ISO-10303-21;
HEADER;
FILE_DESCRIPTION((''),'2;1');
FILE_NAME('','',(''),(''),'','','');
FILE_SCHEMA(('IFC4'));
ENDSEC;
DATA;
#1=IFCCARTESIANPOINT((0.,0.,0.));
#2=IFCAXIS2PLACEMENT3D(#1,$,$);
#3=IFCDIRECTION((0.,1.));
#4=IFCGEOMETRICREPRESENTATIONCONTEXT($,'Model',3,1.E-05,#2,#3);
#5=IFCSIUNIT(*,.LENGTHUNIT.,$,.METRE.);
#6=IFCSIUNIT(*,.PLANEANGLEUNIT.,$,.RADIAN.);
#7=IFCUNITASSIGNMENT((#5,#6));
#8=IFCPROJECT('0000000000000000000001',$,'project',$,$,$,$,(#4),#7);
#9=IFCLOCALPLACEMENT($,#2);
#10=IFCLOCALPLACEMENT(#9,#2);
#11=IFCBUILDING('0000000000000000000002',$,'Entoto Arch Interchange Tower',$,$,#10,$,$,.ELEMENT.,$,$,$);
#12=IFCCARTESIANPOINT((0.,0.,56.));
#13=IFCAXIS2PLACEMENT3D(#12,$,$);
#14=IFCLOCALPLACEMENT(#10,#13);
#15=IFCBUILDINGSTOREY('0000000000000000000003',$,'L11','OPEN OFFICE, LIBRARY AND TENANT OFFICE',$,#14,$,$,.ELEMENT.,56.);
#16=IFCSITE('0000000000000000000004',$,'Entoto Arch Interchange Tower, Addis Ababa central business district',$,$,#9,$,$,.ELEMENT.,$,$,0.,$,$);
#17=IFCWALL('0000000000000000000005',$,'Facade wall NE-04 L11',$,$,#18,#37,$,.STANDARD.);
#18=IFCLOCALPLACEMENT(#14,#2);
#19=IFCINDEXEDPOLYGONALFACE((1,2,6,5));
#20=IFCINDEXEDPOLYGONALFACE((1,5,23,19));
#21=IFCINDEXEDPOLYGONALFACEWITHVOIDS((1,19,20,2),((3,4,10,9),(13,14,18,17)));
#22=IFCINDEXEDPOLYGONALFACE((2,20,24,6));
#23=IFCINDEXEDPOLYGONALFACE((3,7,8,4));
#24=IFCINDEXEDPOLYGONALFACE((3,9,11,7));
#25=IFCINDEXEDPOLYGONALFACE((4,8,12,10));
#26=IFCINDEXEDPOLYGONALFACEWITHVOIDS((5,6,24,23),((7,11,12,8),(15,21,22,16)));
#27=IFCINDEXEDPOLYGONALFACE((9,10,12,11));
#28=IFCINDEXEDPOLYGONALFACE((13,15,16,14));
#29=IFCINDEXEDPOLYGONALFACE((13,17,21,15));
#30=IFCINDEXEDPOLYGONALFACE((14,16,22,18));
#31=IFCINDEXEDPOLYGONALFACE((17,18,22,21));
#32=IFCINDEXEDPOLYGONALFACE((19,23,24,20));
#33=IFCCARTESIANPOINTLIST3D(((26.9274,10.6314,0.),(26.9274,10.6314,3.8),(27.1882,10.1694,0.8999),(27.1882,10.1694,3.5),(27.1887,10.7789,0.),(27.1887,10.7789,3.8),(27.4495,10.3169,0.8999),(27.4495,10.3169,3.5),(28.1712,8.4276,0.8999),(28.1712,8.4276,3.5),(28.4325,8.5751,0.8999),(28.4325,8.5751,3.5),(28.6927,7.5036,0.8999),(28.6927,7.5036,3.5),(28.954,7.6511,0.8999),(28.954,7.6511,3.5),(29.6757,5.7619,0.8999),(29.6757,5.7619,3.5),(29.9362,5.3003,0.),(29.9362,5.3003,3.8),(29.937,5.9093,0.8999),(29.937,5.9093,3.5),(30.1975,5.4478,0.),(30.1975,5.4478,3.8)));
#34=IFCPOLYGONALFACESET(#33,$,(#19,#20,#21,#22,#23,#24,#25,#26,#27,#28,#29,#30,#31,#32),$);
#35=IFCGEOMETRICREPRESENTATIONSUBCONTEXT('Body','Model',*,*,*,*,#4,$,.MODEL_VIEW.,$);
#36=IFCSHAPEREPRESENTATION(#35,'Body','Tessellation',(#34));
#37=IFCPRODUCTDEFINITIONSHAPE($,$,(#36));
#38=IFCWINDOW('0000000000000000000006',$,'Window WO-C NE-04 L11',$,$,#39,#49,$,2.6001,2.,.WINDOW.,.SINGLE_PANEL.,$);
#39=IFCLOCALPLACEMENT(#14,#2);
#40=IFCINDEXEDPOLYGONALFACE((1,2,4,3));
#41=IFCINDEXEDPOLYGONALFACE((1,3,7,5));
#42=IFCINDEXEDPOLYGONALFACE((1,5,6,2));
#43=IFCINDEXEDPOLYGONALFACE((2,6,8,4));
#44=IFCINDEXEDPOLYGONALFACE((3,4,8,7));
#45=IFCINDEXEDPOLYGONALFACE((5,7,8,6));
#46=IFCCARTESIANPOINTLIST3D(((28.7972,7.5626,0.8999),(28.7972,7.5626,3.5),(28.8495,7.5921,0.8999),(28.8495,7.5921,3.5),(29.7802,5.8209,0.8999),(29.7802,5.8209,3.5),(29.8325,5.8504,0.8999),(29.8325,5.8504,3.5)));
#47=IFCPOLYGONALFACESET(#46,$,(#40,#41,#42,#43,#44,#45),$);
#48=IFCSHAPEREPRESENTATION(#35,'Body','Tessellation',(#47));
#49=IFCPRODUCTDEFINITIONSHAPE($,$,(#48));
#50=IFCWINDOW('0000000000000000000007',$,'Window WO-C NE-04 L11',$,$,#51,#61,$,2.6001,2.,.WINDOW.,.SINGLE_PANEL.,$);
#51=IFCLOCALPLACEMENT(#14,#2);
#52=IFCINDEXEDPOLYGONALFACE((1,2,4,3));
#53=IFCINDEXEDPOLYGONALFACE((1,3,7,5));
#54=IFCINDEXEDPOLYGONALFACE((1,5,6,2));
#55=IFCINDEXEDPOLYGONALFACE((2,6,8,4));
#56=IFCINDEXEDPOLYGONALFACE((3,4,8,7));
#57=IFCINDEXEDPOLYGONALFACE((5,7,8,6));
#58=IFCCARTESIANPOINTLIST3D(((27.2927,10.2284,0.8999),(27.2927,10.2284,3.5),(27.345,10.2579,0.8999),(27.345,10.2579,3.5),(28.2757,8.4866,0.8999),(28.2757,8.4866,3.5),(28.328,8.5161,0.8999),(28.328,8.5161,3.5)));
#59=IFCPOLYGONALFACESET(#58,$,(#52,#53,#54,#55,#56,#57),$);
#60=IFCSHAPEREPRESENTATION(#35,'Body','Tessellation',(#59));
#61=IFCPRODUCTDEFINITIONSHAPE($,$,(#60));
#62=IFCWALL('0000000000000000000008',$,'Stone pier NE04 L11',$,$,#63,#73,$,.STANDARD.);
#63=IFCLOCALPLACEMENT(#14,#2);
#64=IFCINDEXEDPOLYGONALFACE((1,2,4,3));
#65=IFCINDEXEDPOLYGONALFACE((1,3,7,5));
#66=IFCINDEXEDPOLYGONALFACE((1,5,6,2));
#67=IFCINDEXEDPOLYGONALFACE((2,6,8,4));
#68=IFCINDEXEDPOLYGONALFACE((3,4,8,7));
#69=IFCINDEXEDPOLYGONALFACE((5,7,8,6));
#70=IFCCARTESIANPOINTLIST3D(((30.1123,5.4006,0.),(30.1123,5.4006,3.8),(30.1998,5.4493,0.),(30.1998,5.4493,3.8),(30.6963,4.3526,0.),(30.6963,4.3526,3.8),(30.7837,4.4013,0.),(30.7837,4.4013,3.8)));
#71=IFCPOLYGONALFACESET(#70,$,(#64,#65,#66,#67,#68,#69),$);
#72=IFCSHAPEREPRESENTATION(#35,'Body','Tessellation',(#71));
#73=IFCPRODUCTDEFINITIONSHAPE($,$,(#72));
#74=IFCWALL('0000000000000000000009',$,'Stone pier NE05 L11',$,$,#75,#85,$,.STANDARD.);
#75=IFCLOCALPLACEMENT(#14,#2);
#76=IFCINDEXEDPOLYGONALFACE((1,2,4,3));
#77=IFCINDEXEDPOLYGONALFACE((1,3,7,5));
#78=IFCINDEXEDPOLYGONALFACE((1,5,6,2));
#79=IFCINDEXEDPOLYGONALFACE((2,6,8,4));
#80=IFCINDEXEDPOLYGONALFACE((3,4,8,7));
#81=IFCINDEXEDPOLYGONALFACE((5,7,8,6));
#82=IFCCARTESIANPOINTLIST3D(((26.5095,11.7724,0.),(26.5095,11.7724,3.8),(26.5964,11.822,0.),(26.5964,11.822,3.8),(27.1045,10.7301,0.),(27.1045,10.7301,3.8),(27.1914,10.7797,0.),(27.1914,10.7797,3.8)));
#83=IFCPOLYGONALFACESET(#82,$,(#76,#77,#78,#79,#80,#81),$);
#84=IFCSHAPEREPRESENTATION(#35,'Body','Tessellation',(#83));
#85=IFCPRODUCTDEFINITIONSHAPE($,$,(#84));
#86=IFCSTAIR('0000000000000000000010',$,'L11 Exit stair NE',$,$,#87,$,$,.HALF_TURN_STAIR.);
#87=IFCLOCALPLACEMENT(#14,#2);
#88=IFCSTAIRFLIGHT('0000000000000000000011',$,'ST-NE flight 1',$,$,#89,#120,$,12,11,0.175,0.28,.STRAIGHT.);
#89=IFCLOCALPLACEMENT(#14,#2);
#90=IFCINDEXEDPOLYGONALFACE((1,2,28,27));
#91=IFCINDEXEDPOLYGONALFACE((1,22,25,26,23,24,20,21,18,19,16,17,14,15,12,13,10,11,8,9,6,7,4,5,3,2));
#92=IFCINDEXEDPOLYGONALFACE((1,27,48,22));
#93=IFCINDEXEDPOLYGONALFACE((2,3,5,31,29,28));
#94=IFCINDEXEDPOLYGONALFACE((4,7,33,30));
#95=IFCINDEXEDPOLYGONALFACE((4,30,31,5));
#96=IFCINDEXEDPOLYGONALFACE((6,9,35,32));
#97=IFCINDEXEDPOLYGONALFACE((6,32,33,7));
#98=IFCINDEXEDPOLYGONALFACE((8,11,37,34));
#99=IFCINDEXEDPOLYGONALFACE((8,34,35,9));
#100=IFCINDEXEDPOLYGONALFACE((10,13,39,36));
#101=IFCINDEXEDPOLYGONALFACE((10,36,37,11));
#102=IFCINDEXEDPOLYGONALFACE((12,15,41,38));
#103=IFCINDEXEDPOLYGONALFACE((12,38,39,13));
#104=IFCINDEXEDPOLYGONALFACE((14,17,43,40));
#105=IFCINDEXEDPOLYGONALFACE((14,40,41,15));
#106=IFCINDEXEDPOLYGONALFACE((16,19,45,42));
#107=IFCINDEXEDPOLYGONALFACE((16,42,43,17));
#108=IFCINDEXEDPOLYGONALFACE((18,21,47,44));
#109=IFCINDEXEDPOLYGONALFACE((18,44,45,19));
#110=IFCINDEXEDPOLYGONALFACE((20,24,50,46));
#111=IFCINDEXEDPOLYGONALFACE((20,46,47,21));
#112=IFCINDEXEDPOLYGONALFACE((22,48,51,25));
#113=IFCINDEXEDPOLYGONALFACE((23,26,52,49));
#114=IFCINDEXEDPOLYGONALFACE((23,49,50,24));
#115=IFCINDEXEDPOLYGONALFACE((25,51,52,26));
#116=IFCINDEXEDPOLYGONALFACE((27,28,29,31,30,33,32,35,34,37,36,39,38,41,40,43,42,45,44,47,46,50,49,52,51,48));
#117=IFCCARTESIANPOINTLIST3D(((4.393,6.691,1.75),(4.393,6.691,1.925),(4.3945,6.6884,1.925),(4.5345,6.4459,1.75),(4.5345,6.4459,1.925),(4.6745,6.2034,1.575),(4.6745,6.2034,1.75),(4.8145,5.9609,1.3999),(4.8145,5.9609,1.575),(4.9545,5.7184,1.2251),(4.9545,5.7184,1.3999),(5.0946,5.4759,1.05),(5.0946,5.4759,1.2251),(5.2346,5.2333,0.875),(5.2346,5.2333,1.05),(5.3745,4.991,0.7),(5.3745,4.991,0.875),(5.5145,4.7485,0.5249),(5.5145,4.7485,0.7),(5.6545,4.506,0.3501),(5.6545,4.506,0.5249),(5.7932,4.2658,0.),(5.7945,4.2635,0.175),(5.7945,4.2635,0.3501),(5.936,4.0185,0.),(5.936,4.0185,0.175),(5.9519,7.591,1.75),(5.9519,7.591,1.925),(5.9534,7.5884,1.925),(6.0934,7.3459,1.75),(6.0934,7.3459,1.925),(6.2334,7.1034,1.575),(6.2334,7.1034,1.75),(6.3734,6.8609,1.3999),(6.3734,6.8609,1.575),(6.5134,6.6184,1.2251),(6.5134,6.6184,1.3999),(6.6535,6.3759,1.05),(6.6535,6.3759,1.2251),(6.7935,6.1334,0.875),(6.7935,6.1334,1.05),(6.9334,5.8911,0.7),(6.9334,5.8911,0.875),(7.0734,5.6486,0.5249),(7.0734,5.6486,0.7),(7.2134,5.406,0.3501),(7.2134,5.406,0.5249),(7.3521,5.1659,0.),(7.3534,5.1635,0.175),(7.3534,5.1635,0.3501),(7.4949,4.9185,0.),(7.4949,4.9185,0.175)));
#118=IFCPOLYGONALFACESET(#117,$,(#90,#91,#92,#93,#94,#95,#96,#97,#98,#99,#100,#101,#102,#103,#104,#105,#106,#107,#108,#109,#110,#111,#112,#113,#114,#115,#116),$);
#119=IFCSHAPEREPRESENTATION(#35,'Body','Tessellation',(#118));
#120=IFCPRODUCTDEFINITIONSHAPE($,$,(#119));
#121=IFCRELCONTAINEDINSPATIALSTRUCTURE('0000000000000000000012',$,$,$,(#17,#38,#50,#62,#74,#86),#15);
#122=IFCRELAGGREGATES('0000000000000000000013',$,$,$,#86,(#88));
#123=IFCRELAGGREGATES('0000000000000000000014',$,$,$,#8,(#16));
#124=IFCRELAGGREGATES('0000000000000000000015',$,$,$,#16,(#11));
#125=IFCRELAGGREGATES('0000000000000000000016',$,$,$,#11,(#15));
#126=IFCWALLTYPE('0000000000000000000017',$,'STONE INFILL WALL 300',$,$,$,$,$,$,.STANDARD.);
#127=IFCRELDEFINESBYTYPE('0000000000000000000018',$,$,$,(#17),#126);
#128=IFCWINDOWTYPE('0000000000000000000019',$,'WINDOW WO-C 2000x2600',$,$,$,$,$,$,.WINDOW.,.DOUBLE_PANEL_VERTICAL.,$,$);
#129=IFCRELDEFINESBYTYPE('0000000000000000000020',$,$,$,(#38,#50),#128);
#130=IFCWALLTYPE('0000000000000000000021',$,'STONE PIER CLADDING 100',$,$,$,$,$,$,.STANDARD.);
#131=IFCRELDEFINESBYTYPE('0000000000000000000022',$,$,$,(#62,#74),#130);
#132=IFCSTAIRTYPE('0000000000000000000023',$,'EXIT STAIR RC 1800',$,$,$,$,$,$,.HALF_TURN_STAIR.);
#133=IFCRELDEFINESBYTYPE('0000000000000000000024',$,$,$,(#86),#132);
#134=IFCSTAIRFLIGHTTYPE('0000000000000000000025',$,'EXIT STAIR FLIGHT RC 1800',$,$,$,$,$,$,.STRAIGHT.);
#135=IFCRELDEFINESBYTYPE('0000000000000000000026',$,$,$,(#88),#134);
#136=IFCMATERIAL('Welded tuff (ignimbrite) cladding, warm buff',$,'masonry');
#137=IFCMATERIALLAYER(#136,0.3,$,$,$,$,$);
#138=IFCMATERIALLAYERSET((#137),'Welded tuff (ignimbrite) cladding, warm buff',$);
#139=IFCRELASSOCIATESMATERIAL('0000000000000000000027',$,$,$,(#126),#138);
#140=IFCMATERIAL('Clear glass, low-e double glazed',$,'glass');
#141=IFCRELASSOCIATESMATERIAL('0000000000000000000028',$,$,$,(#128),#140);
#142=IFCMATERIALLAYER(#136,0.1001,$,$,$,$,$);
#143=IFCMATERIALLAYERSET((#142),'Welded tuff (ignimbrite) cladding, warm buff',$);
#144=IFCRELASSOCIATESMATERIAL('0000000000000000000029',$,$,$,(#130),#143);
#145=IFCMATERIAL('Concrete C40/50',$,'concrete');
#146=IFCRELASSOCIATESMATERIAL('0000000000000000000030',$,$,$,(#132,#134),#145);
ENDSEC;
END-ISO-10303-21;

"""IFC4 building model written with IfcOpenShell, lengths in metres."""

from ifc_helpers import new_model, si_unit, direction, frame, frame_2d, origin, place, context, subcontext, project, spatial, polyline, rectangle, outline, extrude, material, layer, layer_set, type_object, element, fill, aggregate, save


model = new_model("IFC4")

# Units and contexts
model_context = context("Model", 3, precision=1e-05, world=origin(), true_north=direction((0.0, 1.0)))
body_context = subcontext(model_context, "Body", "Model", "MODEL_VIEW")
ifc_project = project(units=[si_unit("LENGTHUNIT", "METRE"), si_unit("PLANEANGLEUNIT", "RADIAN")], contexts=[model_context])

# Site, building, storey
site_placement = place(None, origin())
site = spatial("IfcSite", under=ifc_project, at=site_placement, Name="Entoto Arch Interchange Tower, Addis Ababa central business district", CompositionType="ELEMENT", RefElevation=0.0)
building_placement = place(site_placement, origin())
building = spatial("IfcBuilding", under=site, at=building_placement, Name="Entoto Arch Interchange Tower", CompositionType="ELEMENT")
storey_placement = place(building_placement, frame((0.0, 0.0, 56.0)))
storey = spatial("IfcBuildingStorey", under=building, at=storey_placement, Name="L11", Description="OPEN OFFICE, LIBRARY AND TENANT OFFICE", CompositionType="ELEMENT", Elevation=56.0)

# Shared definitions
ifc_material_1 = material(Name="Concrete C40/50", Category="concrete")

# Wall, openings, windows
ifc_material_2 = material(Name="Welded tuff (ignimbrite) cladding, warm buff", Category="masonry")
ifc_layer_1 = layer(ifc_material_2, 0.3)
ifc_layer_set_1 = layer_set([ifc_layer_1], Name="Welded tuff (ignimbrite) cladding, warm buff")
wall_type_1 = type_object("IfcWallType", Name="STONE INFILL WALL 300", PredefinedType="STANDARD", material=ifc_layer_set_1)
wall_1_placement = place(storey_placement, frame((30.0669, 5.374, 0.0), z_axis=(0.0, 0.0, 1.0), x_axis=(-0.49151, 0.870872, 0.0)))
wall_1 = element("IfcWall", 1, at=wall_1_placement, inside=storey, type_object=wall_type_1, Name="Facade wall NE-04 L11", PredefinedType="STANDARD", context=body_context, shape_type="SweptSolid", body=[
    extrude(rectangle(XDim=6.1216, YDim=0.3, at=frame_2d((3.0608, 0.0))), origin(), (0.0, 0.0, 1.0), 3.8),
])
opening_1_placement = place(wall_1_placement, frame((0.53, 0.0, 0.8999)))
opening_1 = element("IfcOpeningElement", 2, at=opening_1_placement, cuts=wall_1, PredefinedType="OPENING", context=body_context, shape_type="SweptSolid", body=[
    extrude(rectangle(XDim=2.0, YDim=2.6001, at=frame_2d((1.0, 1.3))), frame((0.0, 0.1602, 0.0), z_axis=(0.0, -1.0, 0.0), x_axis=(1.0, 0.0, 0.0)), (0.0, 0.0, 1.0), 0.3201),
])
opening_2_placement = place(wall_1_placement, frame((3.5911, 0.0, 0.8999)))
opening_2 = element("IfcOpeningElement", 3, at=opening_2_placement, cuts=wall_1, PredefinedType="OPENING", context=body_context, shape_type="SweptSolid", body=[
    extrude(rectangle(XDim=2.0, YDim=2.6001, at=frame_2d((1.0, 1.3))), frame((0.0, 0.1602, 0.0), z_axis=(0.0, -1.0, 0.0), x_axis=(1.0, 0.0, 0.0)), (0.0, 0.0, 1.0), 0.3201),
])
ifc_material_3 = material(Name="Clear glass, low-e double glazed", Category="glass")
window_type = type_object("IfcWindowType", Name="WINDOW WO-C 2000x2600", PartitioningType="DOUBLE_PANEL_VERTICAL", PredefinedType="WINDOW", material=ifc_material_3)
window_1_placement = place(opening_1_placement, origin())
window_1 = element("IfcWindow", 4, at=window_1_placement, inside=storey, type_object=window_type, Name="Window WO-C NE-04 L11", OverallHeight=2.6001, OverallWidth=2.0, PartitioningType="SINGLE_PANEL", PredefinedType="WINDOW", context=body_context, shape_type="SweptSolid", body=[
    extrude(rectangle(XDim=2.0, YDim=2.6001, at=frame_2d((1.0, 1.3))), frame((0.0, 0.03, 0.0), z_axis=(0.0, -1.0, 0.0), x_axis=(1.0, 0.0, 0.0)), (0.0, 0.0, 1.0), 0.0601),
])
fill(opening_1, window_1)
window_2_placement = place(opening_2_placement, origin())
window_2 = element("IfcWindow", 5, at=window_2_placement, inside=storey, type_object=window_type, Name="Window WO-C NE-04 L11", OverallHeight=2.6001, OverallWidth=2.0, PartitioningType="SINGLE_PANEL", PredefinedType="WINDOW", context=body_context, shape_type="SweptSolid", body=[
    extrude(rectangle(XDim=2.0, YDim=2.6001, at=frame_2d((1.0, 1.3))), frame((0.0, 0.03, 0.0), z_axis=(0.0, -1.0, 0.0), x_axis=(1.0, 0.0, 0.0)), (0.0, 0.0, 1.0), 0.0601),
])
fill(opening_2, window_2)

# Walls
ifc_layer_2 = layer(ifc_material_2, 0.1001)
ifc_layer_set_2 = layer_set([ifc_layer_2], Name="Welded tuff (ignimbrite) cladding, warm buff")
wall_type_2 = type_object("IfcWallType", Name="STONE PIER CLADDING 100", PredefinedType="STANDARD", material=ifc_layer_set_2)
wall_2_placement = place(storey_placement, frame((30.74, 4.377, 0.0), z_axis=(0.0, 0.0, 1.0), x_axis=(-0.486731, 0.873552, 0.0)))
element("IfcWall", 6, at=wall_2_placement, inside=storey, type_object=wall_type_2, Name="Stone pier NE04 L11", PredefinedType="STANDARD", context=body_context, shape_type="SweptSolid", body=[
    extrude(rectangle(XDim=1.1997, YDim=0.1001, at=frame_2d((0.5999, 0.0))), origin(), (0.0, 0.0, 1.0), 3.8),
])
wall_3_placement = place(storey_placement, frame((27.1479, 10.7549, 0.0), z_axis=(0.0, 0.0, 1.0), x_axis=(-0.495766, 0.868456, 0.0)))
element("IfcWall", 7, at=wall_3_placement, inside=storey, type_object=wall_type_2, Name="Stone pier NE05 L11", PredefinedType="STANDARD", context=body_context, shape_type="SweptSolid", body=[
    extrude(rectangle(XDim=1.2002, YDim=0.1001, at=frame_2d((0.6001, 0.0))), origin(), (0.0, 0.0, 1.0), 3.8),
])

# Stair, stair flight
stair_type = type_object("IfcStairType", Name="EXIT STAIR RC 1800", PredefinedType="HALF_TURN_STAIR", material=ifc_material_1)
stair_placement = place(storey_placement, origin())
stair = element("IfcStair", 8, at=stair_placement, inside=storey, type_object=stair_type, Name="L11 Exit stair NE", PredefinedType="HALF_TURN_STAIR")
stair_flight_type = type_object("IfcStairFlightType", Name="EXIT STAIR FLIGHT RC 1800", PredefinedType="STRAIGHT", material=ifc_material_1)
stair_flight_placement = place(storey_placement, frame((6.7139, 4.4709, 0.0), z_axis=(0.0, 0.0, 1.0), x_axis=(-0.5, 0.866025, 0.0)))
stair_flight = element("IfcStairFlight", 9, at=stair_flight_placement, type_object=stair_flight_type, Name="ST-NE flight 1", NumberOfRisers=12, NumberOfTreads=11, PredefinedType="STRAIGHT", RiserHeight=0.175, TreadLength=0.28, context=body_context, shape_type="SweptSolid", body=[
    extrude(outline(polyline([(-0.0029, 0.0), (-0.0029, 0.175), (0.28, 0.175), (0.28, 0.3501), (0.5601, 0.3501), (0.5601, 0.5249), (0.8401, 0.5249), (0.8401, 0.7), (1.1201, 0.7), (1.1201, 0.875), (1.3999, 0.875), (1.3999, 1.05), (1.6799, 1.05), (1.6799, 1.2251), (1.96, 1.2251), (1.96, 1.3999), (2.24, 1.3999), (2.24, 1.575), (2.52, 1.575), (2.52, 1.75), (2.8, 1.75), (2.8, 1.925), (3.0801, 1.925), (3.083, 1.925), (3.083, 1.75), (0.2827, 0.0), (-0.0029, 0.0)])), frame((0.0, 0.8999, 0.0), z_axis=(0.0, -1.0, 0.0), x_axis=(1.0, 0.0, 0.0)), (0.0, 0.0, 1.0), 1.8),
])
aggregate(stair, [stair_flight])

save(model, "model.ifc")
